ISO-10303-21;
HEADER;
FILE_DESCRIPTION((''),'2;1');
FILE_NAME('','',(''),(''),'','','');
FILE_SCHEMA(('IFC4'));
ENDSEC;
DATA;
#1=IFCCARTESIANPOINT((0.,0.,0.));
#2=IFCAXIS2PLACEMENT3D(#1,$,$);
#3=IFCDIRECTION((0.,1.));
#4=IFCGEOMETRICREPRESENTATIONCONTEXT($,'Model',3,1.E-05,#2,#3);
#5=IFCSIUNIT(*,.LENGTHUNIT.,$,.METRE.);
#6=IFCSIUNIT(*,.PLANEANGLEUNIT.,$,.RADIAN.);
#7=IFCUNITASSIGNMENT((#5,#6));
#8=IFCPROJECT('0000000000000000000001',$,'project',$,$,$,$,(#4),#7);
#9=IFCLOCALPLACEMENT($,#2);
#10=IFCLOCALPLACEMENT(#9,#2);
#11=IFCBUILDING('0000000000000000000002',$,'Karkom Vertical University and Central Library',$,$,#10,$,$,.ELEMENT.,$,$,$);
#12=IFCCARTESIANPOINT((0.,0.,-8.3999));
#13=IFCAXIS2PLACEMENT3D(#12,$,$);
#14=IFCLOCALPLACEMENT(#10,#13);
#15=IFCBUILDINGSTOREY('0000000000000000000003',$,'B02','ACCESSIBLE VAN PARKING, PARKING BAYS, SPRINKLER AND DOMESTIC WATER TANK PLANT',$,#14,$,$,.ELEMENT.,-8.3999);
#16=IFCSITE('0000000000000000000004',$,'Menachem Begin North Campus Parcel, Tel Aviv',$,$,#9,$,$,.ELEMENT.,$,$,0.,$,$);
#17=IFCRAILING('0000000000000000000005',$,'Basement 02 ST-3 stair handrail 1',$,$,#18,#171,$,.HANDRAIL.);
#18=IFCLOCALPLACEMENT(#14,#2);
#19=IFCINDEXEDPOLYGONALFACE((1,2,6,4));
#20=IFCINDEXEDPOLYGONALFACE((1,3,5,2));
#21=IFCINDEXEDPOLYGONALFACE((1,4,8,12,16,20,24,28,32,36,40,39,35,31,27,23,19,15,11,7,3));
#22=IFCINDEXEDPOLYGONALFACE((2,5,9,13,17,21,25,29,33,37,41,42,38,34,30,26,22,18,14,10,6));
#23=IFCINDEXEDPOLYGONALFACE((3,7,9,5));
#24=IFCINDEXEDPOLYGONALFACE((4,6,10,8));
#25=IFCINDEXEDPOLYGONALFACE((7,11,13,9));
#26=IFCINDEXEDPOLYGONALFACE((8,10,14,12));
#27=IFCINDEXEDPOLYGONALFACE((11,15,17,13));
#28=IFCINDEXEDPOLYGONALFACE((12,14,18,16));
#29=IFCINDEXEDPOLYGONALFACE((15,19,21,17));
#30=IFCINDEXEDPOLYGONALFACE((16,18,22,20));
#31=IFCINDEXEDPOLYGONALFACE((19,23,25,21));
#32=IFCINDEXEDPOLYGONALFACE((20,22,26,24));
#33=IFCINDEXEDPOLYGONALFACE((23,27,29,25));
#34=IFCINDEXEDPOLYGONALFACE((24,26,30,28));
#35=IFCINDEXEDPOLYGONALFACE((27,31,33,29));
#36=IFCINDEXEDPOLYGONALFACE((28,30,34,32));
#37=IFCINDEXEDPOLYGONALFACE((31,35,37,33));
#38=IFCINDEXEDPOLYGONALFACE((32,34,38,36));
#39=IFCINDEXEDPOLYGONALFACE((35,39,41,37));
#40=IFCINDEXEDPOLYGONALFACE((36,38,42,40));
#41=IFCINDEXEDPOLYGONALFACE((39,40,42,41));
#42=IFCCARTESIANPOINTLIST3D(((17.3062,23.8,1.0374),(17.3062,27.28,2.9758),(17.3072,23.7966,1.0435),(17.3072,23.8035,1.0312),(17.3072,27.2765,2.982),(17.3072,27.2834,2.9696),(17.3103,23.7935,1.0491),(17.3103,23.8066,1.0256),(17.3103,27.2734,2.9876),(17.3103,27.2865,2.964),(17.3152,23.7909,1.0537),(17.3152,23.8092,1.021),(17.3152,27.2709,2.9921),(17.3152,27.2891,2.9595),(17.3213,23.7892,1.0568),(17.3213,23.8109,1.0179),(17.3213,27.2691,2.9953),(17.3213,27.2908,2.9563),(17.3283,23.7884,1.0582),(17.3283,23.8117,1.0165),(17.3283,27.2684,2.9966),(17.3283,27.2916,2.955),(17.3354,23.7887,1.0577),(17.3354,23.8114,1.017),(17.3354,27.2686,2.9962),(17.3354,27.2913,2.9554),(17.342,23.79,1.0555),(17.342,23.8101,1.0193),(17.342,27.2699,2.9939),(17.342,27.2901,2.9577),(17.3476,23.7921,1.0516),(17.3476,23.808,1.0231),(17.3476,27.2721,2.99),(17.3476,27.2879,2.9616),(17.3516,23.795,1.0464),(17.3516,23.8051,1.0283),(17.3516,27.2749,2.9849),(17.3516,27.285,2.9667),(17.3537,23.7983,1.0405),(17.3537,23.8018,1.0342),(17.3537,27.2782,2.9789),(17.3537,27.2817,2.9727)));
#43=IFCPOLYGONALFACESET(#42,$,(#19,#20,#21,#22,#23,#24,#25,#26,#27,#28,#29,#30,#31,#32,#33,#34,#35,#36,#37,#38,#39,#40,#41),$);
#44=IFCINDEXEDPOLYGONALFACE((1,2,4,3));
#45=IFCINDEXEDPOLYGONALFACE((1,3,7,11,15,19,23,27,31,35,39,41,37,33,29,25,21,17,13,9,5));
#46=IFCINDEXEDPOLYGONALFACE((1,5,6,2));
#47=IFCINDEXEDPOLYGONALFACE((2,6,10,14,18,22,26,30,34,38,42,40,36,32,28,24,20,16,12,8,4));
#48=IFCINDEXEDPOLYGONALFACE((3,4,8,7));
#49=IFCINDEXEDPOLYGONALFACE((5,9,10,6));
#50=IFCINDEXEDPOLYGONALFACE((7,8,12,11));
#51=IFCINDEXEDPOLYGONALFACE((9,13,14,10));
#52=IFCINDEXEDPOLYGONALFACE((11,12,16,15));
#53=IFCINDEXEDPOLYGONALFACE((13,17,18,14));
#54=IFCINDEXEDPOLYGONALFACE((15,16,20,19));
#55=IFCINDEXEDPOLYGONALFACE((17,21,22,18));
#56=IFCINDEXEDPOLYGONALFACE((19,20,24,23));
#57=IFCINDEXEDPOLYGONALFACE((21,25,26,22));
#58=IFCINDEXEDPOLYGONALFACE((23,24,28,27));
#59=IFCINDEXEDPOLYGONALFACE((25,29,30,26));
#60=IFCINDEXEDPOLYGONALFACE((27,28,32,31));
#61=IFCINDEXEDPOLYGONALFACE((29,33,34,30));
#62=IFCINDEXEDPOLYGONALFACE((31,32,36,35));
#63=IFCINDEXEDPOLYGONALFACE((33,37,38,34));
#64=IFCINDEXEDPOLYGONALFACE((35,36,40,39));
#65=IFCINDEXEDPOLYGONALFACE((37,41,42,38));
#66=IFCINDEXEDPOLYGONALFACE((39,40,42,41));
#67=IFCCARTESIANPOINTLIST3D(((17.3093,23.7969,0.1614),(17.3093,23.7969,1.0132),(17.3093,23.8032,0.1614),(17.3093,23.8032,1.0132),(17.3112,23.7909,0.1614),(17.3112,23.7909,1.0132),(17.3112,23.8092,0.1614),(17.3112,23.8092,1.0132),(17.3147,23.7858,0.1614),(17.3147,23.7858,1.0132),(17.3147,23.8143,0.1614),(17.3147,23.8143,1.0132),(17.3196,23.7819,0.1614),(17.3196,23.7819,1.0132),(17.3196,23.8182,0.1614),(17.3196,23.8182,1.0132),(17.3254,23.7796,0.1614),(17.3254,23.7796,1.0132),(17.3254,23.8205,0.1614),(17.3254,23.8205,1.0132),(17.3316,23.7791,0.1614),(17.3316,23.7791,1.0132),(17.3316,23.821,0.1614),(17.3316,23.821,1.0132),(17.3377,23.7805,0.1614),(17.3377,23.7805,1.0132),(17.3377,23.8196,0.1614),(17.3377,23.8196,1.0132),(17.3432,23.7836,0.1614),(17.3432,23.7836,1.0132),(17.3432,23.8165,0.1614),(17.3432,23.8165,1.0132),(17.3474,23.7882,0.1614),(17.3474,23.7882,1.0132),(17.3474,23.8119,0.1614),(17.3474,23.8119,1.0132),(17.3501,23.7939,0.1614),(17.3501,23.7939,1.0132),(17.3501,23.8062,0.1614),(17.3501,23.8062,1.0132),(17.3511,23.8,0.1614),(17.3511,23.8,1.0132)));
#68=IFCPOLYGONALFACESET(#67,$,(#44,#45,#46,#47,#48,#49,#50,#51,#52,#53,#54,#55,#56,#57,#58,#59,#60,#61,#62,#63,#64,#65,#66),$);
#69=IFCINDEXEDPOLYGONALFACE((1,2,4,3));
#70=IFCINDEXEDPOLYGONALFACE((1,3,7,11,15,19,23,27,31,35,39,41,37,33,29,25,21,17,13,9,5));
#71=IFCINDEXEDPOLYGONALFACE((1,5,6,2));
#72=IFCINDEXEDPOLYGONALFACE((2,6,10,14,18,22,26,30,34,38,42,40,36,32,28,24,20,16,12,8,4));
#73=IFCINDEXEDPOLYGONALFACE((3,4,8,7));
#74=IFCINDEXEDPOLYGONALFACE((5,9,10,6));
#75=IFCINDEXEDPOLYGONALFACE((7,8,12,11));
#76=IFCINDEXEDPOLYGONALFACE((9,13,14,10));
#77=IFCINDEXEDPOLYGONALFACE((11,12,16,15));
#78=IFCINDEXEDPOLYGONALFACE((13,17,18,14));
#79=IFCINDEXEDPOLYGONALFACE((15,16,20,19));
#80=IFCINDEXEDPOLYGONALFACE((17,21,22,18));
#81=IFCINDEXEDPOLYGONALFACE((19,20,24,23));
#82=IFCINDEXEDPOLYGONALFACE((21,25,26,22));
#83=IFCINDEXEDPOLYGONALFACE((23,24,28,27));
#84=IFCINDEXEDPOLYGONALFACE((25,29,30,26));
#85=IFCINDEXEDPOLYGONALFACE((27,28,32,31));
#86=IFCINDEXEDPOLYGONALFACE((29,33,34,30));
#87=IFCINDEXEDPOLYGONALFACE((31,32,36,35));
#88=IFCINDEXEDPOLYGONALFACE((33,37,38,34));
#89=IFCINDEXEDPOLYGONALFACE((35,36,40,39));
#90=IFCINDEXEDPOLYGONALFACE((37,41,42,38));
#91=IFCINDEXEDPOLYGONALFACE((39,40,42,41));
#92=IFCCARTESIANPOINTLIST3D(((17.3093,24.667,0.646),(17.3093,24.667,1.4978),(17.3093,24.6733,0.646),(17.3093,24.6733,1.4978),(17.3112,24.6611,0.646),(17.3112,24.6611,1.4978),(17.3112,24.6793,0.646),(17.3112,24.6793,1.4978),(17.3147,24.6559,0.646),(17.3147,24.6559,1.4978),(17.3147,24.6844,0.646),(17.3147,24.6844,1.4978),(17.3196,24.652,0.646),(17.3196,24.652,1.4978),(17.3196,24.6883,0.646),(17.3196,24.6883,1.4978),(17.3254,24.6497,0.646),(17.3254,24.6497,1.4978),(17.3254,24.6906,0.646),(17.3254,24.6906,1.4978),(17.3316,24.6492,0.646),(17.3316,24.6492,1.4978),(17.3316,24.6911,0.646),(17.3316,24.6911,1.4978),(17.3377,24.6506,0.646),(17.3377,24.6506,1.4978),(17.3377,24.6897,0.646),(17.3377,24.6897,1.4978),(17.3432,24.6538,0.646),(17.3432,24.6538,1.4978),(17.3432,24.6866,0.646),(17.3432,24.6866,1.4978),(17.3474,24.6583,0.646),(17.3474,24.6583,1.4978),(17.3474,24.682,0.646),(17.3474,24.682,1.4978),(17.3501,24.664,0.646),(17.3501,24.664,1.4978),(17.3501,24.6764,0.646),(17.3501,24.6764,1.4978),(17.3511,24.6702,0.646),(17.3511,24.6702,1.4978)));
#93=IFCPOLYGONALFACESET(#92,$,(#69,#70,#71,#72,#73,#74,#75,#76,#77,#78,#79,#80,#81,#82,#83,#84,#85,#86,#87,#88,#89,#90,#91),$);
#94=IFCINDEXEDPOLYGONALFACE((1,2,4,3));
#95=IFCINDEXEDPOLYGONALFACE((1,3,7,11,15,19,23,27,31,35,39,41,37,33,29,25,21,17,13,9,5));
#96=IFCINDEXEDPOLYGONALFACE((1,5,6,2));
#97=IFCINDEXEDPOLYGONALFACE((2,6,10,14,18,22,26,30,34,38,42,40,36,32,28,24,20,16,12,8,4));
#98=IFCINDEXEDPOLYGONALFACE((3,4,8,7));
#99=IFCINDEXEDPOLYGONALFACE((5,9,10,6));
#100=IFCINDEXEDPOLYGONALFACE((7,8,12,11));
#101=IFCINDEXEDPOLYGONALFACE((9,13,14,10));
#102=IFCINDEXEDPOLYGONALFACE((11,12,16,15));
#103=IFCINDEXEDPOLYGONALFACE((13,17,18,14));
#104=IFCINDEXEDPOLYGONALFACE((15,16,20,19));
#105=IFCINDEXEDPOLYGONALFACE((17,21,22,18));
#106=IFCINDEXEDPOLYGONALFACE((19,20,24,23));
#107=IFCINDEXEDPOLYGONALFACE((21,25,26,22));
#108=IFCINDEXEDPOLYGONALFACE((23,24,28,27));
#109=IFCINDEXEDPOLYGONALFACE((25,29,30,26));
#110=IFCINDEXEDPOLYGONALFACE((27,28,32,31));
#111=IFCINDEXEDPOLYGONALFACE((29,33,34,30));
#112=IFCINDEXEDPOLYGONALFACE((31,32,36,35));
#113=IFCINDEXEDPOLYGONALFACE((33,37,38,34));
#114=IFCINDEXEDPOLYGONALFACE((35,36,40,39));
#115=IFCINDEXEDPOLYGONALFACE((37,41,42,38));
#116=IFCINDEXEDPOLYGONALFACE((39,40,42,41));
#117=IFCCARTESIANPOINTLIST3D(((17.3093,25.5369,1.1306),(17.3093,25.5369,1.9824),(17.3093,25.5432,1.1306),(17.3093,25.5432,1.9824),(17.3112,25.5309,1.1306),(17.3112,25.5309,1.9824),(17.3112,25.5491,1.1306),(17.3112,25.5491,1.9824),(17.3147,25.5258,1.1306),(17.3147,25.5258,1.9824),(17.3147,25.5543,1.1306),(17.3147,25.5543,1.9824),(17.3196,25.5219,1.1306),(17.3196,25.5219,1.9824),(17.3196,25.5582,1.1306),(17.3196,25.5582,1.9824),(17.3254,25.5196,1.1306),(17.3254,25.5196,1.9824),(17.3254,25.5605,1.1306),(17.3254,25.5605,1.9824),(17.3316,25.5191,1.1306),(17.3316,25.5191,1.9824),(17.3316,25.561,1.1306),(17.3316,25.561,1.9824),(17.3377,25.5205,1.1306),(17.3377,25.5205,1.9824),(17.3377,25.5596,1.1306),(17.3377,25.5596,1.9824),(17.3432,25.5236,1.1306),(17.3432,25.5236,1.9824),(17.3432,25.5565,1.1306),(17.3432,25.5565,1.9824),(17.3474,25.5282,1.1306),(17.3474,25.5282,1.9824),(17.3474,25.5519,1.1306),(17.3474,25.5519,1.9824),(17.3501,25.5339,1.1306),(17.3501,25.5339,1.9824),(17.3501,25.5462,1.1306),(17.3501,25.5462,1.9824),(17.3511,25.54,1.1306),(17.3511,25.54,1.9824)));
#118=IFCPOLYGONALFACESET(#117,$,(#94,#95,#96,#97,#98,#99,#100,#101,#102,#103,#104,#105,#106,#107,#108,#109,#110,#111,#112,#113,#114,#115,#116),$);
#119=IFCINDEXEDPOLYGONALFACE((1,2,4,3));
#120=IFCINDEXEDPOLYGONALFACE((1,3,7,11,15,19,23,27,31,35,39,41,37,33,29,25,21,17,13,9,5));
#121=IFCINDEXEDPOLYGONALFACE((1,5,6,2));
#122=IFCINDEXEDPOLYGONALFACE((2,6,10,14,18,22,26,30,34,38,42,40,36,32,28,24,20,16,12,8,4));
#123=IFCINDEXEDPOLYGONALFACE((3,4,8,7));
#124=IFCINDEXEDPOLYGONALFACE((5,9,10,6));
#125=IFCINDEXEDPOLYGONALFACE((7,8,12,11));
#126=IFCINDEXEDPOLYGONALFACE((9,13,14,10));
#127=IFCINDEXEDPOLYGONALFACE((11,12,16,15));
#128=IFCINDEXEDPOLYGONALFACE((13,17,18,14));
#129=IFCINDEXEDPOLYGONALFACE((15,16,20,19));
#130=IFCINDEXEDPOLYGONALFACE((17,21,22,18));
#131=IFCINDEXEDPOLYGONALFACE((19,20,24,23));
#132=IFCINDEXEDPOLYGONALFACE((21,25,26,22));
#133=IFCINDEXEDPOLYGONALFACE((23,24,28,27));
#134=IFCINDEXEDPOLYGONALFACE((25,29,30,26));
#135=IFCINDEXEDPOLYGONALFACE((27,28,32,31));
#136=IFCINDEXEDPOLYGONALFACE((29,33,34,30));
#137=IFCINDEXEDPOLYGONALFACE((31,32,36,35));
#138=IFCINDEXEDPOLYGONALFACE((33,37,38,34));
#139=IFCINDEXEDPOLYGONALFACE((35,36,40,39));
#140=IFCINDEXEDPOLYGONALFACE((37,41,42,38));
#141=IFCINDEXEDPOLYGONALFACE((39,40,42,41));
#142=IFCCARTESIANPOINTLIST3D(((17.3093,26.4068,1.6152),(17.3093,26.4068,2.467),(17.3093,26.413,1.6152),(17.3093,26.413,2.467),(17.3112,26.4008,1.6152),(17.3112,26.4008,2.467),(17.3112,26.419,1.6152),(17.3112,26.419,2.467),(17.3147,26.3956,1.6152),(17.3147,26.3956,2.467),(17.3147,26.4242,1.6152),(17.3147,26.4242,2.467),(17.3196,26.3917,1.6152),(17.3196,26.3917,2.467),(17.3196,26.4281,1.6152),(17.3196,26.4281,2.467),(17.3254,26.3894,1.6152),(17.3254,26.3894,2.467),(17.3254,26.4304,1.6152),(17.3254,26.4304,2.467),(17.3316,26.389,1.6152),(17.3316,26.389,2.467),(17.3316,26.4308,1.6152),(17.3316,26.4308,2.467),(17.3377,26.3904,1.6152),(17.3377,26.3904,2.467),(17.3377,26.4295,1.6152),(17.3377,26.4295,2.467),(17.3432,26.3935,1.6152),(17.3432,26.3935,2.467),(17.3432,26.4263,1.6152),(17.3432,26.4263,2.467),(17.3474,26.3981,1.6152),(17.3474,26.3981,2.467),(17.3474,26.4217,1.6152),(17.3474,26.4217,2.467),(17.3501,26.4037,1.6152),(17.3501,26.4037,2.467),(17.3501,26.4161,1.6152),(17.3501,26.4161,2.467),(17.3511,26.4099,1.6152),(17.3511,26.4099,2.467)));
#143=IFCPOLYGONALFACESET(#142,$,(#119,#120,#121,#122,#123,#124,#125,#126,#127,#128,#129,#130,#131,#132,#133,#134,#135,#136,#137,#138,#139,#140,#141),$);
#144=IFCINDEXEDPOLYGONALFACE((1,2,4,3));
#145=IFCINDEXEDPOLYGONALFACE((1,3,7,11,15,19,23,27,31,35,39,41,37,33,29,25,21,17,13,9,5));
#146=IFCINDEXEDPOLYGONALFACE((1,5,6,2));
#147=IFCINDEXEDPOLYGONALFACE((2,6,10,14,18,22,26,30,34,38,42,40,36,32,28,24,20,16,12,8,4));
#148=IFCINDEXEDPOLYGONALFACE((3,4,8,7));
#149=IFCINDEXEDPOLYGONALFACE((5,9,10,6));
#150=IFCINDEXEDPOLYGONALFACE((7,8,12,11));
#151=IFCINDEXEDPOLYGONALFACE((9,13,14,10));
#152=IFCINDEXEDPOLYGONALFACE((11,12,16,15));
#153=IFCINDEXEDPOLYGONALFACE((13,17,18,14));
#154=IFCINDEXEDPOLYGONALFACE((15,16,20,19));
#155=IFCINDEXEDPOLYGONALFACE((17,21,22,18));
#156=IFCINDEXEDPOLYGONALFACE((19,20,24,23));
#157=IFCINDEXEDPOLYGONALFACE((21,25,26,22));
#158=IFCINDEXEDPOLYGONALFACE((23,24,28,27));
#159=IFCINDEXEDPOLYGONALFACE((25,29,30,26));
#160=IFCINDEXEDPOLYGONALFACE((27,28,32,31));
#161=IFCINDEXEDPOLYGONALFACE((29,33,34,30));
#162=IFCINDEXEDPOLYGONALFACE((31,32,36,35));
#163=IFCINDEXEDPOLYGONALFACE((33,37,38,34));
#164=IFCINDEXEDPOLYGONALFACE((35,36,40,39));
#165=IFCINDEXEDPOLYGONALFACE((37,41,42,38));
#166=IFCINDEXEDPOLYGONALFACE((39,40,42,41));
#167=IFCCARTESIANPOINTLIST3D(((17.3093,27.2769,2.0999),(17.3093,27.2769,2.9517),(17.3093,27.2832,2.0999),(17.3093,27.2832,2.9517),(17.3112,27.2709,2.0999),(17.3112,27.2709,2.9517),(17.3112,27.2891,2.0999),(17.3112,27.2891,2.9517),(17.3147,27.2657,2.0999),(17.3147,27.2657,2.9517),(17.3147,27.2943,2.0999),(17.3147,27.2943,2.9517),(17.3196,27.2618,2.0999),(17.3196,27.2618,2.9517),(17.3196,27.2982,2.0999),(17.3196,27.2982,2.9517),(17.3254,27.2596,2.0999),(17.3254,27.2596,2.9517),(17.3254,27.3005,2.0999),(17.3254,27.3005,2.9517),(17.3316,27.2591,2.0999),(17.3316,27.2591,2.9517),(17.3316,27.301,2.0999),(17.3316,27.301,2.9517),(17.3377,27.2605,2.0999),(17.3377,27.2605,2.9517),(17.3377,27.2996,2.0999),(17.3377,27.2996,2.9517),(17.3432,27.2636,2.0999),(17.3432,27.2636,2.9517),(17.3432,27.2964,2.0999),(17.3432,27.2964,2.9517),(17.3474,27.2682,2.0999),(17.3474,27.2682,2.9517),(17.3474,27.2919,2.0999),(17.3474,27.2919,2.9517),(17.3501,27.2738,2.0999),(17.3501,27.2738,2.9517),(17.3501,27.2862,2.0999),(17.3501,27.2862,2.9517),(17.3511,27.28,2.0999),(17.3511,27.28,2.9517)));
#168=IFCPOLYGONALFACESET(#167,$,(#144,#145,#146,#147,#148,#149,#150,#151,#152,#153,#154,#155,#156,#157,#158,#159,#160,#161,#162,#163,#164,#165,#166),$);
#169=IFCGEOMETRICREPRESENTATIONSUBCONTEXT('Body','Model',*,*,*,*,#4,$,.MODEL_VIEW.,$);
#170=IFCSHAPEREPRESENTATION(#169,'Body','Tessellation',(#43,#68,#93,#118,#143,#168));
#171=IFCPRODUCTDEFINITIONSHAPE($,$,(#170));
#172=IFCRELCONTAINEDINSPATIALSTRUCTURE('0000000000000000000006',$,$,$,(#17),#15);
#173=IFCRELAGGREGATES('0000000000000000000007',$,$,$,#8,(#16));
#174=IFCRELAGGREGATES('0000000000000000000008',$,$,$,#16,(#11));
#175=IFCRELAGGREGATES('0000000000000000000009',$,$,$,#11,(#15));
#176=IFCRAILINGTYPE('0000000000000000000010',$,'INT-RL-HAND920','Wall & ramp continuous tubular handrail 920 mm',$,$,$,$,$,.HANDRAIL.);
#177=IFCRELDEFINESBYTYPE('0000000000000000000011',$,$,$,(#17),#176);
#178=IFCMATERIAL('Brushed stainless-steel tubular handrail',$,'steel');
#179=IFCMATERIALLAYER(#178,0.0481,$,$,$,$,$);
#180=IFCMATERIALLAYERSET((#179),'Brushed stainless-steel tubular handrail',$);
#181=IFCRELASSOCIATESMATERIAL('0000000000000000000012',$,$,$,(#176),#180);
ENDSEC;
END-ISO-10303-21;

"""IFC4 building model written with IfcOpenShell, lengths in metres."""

from ifc_helpers import new_model, si_unit, direction, frame, origin, origin_2d, place, context, subcontext, project, spatial, circle, extrude, material, layer, layer_set, type_object, element, save


model = new_model("IFC4")

# Units and contexts
model_context = context("Model", 3, precision=1e-05, world=origin(), true_north=direction((0.0, 1.0)))
body_context = subcontext(model_context, "Body", "Model", "MODEL_VIEW")
ifc_project = project(units=[si_unit("LENGTHUNIT", "METRE"), si_unit("PLANEANGLEUNIT", "RADIAN")], contexts=[model_context])

# Site, building, storey
site_placement = place(None, origin())
site = spatial("IfcSite", under=ifc_project, at=site_placement, Name="Menachem Begin North Campus Parcel, Tel Aviv", CompositionType="ELEMENT", RefElevation=0.0)
building_placement = place(site_placement, origin())
building = spatial("IfcBuilding", under=site, at=building_placement, Name="Karkom Vertical University and Central Library", CompositionType="ELEMENT")
storey_placement = place(building_placement, frame((0.0, 0.0, -8.3999)))
storey = spatial("IfcBuildingStorey", under=building, at=storey_placement, Name="B02", Description="ACCESSIBLE VAN PARKING, PARKING BAYS, SPRINKLER AND DOMESTIC WATER TANK PLANT", CompositionType="ELEMENT", Elevation=-8.3999)

# Railing
ifc_material_1 = material(Name="Brushed stainless-steel tubular handrail", Category="steel")
ifc_layer_1 = layer(ifc_material_1, 0.0481)
ifc_layer_set_1 = layer_set([ifc_layer_1], Name="Brushed stainless-steel tubular handrail")
railing_type_1 = type_object("IfcRailingType", Name="INT-RL-HAND920", Description="Wall & ramp continuous tubular handrail 920 mm", PredefinedType="HANDRAIL", material=ifc_layer_set_1)
for number, where, name in (
    (1, (17.3301, 23.8, 0.1614), "Basement 02 ST-3 stair handrail 1"),
):
    element("IfcRailing", number, at=place(storey_placement, frame(where)), inside=storey, type_object=railing_type_1, Name=name, PredefinedType="HANDRAIL", context=body_context, shape_type="SweptSolid", body=[
        extrude(circle(Radius=0.0239, at=origin_2d()), frame((0.0, 0.0, 0.876), z_axis=(0.0, 0.873607, 0.486631), x_axis=(-1.0, 0.0, 0.0)), (0.0, 0.0, 1.0), 3.9834),
        extrude(circle(Radius=0.021, at=origin_2d()), origin(), (0.0, 0.0, 1.0), 0.8518),
        extrude(circle(Radius=0.021, at=origin_2d()), frame((0.0, 0.8701, 0.4846)), (0.0, 0.0, 1.0), 0.8518),
        extrude(circle(Radius=0.021, at=origin_2d()), frame((0.0, 1.74, 0.9692)), (0.0, 0.0, 1.0), 0.8518),
        extrude(circle(Radius=0.021, at=origin_2d()), frame((0.0, 2.6099, 1.4539)), (0.0, 0.0, 1.0), 0.8518),
        extrude(circle(Radius=0.021, at=origin_2d()), frame((0.0, 3.48, 1.9385)), (0.0, 0.0, 1.0), 0.8518),
    ])

save(model, "model.ifc")
